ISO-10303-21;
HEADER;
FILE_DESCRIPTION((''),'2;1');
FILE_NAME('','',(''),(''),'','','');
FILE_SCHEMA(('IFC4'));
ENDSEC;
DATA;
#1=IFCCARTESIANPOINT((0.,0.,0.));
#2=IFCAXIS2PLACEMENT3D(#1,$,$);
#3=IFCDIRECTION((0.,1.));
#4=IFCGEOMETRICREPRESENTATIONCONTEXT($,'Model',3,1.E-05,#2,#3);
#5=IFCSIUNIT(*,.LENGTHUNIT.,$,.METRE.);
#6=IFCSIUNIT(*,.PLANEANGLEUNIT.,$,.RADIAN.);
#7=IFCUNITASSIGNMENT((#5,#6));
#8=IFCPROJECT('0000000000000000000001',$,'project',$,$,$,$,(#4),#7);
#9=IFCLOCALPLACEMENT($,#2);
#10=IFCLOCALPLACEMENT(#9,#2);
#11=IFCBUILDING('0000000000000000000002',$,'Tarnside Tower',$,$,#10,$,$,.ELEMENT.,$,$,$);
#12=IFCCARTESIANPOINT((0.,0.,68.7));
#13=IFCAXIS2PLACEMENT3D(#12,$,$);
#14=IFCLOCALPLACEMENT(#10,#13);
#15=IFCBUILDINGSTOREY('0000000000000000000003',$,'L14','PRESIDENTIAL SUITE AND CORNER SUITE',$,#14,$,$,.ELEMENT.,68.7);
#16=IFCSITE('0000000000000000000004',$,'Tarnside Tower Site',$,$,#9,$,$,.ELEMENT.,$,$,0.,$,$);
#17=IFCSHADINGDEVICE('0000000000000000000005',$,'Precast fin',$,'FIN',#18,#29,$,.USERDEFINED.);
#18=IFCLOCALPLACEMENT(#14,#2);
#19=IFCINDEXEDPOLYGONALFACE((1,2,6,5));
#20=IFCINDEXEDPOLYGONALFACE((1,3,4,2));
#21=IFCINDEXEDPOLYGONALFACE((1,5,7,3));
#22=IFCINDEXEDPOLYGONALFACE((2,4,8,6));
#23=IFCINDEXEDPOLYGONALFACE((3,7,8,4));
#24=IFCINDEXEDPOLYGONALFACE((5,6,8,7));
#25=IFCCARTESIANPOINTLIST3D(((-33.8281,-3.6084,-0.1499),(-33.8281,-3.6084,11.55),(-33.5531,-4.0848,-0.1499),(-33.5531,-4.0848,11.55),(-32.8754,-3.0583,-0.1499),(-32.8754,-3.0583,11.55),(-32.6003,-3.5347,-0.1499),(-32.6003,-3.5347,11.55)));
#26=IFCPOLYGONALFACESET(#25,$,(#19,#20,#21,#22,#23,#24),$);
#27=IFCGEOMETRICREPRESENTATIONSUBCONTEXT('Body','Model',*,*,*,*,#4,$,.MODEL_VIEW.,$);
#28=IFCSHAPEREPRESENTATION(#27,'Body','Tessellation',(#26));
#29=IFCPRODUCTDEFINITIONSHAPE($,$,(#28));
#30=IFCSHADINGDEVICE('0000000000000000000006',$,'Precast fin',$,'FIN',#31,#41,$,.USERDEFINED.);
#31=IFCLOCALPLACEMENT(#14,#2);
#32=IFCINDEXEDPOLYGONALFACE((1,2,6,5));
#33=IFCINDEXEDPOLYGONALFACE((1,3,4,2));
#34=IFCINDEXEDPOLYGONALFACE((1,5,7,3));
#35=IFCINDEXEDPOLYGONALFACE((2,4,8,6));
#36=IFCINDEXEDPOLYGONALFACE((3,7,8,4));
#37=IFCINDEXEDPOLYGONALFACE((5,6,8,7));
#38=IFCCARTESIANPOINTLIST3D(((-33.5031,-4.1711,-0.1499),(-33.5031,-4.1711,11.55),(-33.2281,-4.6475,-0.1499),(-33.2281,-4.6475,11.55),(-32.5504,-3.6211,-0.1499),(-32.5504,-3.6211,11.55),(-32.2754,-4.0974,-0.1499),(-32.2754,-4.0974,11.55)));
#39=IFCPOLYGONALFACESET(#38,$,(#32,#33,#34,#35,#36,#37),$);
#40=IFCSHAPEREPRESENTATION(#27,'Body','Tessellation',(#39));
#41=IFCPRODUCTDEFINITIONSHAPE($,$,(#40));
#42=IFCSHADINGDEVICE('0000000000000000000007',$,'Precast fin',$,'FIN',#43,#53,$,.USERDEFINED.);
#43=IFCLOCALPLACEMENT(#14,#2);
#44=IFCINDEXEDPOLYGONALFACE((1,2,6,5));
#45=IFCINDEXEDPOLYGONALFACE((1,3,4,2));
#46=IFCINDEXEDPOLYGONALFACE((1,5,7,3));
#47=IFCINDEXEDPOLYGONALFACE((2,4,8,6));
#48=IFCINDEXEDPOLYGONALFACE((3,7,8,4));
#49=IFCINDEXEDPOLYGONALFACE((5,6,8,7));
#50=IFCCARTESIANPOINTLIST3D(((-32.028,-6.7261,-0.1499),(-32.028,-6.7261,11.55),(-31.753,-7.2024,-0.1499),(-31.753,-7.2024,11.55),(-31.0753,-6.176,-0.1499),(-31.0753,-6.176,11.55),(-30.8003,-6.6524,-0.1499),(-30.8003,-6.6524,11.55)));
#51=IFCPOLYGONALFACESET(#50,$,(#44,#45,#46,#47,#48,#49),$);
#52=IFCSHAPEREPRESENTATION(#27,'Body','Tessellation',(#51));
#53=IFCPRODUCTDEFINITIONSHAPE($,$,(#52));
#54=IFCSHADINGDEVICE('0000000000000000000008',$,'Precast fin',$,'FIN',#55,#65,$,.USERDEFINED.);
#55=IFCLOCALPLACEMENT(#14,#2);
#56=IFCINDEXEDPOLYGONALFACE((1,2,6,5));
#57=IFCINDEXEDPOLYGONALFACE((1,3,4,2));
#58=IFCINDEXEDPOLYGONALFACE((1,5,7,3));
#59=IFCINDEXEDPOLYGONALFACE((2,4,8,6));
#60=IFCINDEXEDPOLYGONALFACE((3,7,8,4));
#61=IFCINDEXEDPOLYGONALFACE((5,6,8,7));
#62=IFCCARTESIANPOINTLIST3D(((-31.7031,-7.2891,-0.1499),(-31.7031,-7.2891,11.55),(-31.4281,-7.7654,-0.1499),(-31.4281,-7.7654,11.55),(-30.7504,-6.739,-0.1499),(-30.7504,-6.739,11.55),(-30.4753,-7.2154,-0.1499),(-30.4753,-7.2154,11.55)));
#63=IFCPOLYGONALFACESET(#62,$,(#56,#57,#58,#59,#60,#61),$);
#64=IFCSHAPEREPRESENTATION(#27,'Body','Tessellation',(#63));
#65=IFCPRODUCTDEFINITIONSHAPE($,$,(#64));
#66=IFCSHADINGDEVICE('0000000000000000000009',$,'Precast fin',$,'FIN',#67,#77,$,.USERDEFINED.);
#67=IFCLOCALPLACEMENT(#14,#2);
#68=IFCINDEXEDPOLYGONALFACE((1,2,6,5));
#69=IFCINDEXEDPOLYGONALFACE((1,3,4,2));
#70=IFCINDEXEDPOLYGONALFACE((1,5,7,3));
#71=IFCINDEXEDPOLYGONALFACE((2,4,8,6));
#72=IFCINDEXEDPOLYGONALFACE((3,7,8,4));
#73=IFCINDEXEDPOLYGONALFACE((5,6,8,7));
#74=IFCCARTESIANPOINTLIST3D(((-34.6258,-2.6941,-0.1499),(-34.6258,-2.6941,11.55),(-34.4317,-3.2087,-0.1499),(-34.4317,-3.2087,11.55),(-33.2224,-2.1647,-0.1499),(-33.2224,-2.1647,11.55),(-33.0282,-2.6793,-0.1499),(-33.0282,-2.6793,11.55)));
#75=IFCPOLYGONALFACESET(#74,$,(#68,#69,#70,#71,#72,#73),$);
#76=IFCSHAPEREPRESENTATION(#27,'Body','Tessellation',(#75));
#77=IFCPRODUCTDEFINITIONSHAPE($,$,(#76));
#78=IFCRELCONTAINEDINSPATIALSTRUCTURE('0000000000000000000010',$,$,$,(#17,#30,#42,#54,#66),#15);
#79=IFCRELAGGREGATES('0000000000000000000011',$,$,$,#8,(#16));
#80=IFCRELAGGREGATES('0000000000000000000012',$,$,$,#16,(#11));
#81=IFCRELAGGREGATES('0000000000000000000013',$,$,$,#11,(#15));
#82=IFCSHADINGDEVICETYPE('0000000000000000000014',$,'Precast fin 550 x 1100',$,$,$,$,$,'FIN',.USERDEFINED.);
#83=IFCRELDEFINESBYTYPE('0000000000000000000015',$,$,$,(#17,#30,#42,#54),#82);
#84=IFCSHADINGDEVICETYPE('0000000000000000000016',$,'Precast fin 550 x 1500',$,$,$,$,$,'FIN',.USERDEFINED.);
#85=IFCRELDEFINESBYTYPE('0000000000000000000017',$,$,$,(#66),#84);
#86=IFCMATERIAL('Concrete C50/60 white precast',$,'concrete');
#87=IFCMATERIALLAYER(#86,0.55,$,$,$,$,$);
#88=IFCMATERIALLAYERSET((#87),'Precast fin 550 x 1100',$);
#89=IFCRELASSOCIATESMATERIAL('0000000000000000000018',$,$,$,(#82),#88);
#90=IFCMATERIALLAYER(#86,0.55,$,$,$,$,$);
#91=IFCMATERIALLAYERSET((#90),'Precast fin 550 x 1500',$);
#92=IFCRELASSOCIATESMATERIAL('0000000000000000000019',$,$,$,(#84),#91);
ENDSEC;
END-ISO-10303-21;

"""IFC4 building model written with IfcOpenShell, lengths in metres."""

from ifc_helpers import new_model, si_unit, direction, frame, origin, place, context, subcontext, project, spatial, polyline, outline, extrude, material, layer, layer_set, type_object, element, save


model = new_model("IFC4")

# Units and contexts
model_context = context("Model", 3, precision=1e-05, world=origin(), true_north=direction((0.0, 1.0)))
body_context = subcontext(model_context, "Body", "Model", "MODEL_VIEW")
ifc_project = project(units=[si_unit("LENGTHUNIT", "METRE"), si_unit("PLANEANGLEUNIT", "RADIAN")], contexts=[model_context])

# Site, building, storey
site_placement = place(None, origin())
site = spatial("IfcSite", under=ifc_project, at=site_placement, Name="Tarnside Tower Site", CompositionType="ELEMENT", RefElevation=0.0)
building_placement = place(site_placement, origin())
building = spatial("IfcBuilding", under=site, at=building_placement, Name="Tarnside Tower", CompositionType="ELEMENT")
storey_placement = place(building_placement, frame((0.0, 0.0, 68.7)))
storey = spatial("IfcBuildingStorey", under=building, at=storey_placement, Name="L14", Description="PRESIDENTIAL SUITE AND CORNER SUITE", CompositionType="ELEMENT", Elevation=68.7)

# Shading devices
ifc_material_1 = material(Name="Concrete C50/60 white precast", Category="concrete")
ifc_layer_1 = layer(ifc_material_1, 0.55)
ifc_layer_set_1 = layer_set([ifc_layer_1], Name="Precast fin 550 x 1100")
shading_device_type_1 = type_object("IfcShadingDeviceType", Name="Precast fin 550 x 1100", ElementType="FIN", PredefinedType="USERDEFINED", material=ifc_layer_set_1)
for number, where, z_axis, x_axis, name in (
    (1, (-32.7378, -3.2966, -0.1499), (-0.5, 0.866025, 0.0), (-0.866025, -0.5, 0.0), "Precast fin"),
    (2, (-32.4128, -3.8594, -0.1499), (-0.5, 0.866025, 0.0), (-0.866025, -0.5, 0.0), "Precast fin"),
    (3, (-30.9377, -6.4143, -0.1499), (-0.5, 0.866025, 0.0), (-0.866025, -0.5, 0.0), "Precast fin"),
    (4, (-30.6128, -6.9773, -0.1499), (-0.5, 0.866025, 0.0), (-0.866025, -0.5, 0.0), "Precast fin"),
):
    element("IfcShadingDevice", number, at=place(storey_placement, frame(where, z_axis=z_axis, x_axis=x_axis)), inside=storey, type_object=shading_device_type_1, Name=name, ObjectType="FIN", PredefinedType="USERDEFINED", context=body_context, shape_type="SweptSolid", body=[
        extrude(outline(polyline([(0.0, 0.0), (1.1001, 0.0), (1.1001, 11.7), (0.0, 11.7), (0.0, 0.0)])), frame((0.0, 0.0, -0.2749)), (0.0, 0.0, 1.0), 0.55),
    ])
ifc_layer_2 = layer(ifc_material_1, 0.55)
ifc_layer_set_2 = layer_set([ifc_layer_2], Name="Precast fin 550 x 1500")
shading_device_type_2 = type_object("IfcShadingDeviceType", Name="Precast fin 550 x 1500", ElementType="FIN", PredefinedType="USERDEFINED", material=ifc_layer_set_2)
shading_device_placement = place(storey_placement, frame((-33.1252, -2.4221, -0.1499), z_axis=(-0.352931, 0.93565, 0.0), x_axis=(-0.93565, -0.352931, 0.0)))
element("IfcShadingDevice", 5, at=shading_device_placement, inside=storey, type_object=shading_device_type_2, Name="Precast fin", ObjectType="FIN", PredefinedType="USERDEFINED", context=body_context, shape_type="SweptSolid", body=[
    extrude(outline(polyline([(0.0, 0.0), (1.5, 0.0), (1.5, 11.7), (0.0, 11.7), (0.0, 0.0)])), frame((0.0, 0.0, -0.2749)), (0.0, 0.0, 1.0), 0.55),
])

save(model, "model.ifc")
